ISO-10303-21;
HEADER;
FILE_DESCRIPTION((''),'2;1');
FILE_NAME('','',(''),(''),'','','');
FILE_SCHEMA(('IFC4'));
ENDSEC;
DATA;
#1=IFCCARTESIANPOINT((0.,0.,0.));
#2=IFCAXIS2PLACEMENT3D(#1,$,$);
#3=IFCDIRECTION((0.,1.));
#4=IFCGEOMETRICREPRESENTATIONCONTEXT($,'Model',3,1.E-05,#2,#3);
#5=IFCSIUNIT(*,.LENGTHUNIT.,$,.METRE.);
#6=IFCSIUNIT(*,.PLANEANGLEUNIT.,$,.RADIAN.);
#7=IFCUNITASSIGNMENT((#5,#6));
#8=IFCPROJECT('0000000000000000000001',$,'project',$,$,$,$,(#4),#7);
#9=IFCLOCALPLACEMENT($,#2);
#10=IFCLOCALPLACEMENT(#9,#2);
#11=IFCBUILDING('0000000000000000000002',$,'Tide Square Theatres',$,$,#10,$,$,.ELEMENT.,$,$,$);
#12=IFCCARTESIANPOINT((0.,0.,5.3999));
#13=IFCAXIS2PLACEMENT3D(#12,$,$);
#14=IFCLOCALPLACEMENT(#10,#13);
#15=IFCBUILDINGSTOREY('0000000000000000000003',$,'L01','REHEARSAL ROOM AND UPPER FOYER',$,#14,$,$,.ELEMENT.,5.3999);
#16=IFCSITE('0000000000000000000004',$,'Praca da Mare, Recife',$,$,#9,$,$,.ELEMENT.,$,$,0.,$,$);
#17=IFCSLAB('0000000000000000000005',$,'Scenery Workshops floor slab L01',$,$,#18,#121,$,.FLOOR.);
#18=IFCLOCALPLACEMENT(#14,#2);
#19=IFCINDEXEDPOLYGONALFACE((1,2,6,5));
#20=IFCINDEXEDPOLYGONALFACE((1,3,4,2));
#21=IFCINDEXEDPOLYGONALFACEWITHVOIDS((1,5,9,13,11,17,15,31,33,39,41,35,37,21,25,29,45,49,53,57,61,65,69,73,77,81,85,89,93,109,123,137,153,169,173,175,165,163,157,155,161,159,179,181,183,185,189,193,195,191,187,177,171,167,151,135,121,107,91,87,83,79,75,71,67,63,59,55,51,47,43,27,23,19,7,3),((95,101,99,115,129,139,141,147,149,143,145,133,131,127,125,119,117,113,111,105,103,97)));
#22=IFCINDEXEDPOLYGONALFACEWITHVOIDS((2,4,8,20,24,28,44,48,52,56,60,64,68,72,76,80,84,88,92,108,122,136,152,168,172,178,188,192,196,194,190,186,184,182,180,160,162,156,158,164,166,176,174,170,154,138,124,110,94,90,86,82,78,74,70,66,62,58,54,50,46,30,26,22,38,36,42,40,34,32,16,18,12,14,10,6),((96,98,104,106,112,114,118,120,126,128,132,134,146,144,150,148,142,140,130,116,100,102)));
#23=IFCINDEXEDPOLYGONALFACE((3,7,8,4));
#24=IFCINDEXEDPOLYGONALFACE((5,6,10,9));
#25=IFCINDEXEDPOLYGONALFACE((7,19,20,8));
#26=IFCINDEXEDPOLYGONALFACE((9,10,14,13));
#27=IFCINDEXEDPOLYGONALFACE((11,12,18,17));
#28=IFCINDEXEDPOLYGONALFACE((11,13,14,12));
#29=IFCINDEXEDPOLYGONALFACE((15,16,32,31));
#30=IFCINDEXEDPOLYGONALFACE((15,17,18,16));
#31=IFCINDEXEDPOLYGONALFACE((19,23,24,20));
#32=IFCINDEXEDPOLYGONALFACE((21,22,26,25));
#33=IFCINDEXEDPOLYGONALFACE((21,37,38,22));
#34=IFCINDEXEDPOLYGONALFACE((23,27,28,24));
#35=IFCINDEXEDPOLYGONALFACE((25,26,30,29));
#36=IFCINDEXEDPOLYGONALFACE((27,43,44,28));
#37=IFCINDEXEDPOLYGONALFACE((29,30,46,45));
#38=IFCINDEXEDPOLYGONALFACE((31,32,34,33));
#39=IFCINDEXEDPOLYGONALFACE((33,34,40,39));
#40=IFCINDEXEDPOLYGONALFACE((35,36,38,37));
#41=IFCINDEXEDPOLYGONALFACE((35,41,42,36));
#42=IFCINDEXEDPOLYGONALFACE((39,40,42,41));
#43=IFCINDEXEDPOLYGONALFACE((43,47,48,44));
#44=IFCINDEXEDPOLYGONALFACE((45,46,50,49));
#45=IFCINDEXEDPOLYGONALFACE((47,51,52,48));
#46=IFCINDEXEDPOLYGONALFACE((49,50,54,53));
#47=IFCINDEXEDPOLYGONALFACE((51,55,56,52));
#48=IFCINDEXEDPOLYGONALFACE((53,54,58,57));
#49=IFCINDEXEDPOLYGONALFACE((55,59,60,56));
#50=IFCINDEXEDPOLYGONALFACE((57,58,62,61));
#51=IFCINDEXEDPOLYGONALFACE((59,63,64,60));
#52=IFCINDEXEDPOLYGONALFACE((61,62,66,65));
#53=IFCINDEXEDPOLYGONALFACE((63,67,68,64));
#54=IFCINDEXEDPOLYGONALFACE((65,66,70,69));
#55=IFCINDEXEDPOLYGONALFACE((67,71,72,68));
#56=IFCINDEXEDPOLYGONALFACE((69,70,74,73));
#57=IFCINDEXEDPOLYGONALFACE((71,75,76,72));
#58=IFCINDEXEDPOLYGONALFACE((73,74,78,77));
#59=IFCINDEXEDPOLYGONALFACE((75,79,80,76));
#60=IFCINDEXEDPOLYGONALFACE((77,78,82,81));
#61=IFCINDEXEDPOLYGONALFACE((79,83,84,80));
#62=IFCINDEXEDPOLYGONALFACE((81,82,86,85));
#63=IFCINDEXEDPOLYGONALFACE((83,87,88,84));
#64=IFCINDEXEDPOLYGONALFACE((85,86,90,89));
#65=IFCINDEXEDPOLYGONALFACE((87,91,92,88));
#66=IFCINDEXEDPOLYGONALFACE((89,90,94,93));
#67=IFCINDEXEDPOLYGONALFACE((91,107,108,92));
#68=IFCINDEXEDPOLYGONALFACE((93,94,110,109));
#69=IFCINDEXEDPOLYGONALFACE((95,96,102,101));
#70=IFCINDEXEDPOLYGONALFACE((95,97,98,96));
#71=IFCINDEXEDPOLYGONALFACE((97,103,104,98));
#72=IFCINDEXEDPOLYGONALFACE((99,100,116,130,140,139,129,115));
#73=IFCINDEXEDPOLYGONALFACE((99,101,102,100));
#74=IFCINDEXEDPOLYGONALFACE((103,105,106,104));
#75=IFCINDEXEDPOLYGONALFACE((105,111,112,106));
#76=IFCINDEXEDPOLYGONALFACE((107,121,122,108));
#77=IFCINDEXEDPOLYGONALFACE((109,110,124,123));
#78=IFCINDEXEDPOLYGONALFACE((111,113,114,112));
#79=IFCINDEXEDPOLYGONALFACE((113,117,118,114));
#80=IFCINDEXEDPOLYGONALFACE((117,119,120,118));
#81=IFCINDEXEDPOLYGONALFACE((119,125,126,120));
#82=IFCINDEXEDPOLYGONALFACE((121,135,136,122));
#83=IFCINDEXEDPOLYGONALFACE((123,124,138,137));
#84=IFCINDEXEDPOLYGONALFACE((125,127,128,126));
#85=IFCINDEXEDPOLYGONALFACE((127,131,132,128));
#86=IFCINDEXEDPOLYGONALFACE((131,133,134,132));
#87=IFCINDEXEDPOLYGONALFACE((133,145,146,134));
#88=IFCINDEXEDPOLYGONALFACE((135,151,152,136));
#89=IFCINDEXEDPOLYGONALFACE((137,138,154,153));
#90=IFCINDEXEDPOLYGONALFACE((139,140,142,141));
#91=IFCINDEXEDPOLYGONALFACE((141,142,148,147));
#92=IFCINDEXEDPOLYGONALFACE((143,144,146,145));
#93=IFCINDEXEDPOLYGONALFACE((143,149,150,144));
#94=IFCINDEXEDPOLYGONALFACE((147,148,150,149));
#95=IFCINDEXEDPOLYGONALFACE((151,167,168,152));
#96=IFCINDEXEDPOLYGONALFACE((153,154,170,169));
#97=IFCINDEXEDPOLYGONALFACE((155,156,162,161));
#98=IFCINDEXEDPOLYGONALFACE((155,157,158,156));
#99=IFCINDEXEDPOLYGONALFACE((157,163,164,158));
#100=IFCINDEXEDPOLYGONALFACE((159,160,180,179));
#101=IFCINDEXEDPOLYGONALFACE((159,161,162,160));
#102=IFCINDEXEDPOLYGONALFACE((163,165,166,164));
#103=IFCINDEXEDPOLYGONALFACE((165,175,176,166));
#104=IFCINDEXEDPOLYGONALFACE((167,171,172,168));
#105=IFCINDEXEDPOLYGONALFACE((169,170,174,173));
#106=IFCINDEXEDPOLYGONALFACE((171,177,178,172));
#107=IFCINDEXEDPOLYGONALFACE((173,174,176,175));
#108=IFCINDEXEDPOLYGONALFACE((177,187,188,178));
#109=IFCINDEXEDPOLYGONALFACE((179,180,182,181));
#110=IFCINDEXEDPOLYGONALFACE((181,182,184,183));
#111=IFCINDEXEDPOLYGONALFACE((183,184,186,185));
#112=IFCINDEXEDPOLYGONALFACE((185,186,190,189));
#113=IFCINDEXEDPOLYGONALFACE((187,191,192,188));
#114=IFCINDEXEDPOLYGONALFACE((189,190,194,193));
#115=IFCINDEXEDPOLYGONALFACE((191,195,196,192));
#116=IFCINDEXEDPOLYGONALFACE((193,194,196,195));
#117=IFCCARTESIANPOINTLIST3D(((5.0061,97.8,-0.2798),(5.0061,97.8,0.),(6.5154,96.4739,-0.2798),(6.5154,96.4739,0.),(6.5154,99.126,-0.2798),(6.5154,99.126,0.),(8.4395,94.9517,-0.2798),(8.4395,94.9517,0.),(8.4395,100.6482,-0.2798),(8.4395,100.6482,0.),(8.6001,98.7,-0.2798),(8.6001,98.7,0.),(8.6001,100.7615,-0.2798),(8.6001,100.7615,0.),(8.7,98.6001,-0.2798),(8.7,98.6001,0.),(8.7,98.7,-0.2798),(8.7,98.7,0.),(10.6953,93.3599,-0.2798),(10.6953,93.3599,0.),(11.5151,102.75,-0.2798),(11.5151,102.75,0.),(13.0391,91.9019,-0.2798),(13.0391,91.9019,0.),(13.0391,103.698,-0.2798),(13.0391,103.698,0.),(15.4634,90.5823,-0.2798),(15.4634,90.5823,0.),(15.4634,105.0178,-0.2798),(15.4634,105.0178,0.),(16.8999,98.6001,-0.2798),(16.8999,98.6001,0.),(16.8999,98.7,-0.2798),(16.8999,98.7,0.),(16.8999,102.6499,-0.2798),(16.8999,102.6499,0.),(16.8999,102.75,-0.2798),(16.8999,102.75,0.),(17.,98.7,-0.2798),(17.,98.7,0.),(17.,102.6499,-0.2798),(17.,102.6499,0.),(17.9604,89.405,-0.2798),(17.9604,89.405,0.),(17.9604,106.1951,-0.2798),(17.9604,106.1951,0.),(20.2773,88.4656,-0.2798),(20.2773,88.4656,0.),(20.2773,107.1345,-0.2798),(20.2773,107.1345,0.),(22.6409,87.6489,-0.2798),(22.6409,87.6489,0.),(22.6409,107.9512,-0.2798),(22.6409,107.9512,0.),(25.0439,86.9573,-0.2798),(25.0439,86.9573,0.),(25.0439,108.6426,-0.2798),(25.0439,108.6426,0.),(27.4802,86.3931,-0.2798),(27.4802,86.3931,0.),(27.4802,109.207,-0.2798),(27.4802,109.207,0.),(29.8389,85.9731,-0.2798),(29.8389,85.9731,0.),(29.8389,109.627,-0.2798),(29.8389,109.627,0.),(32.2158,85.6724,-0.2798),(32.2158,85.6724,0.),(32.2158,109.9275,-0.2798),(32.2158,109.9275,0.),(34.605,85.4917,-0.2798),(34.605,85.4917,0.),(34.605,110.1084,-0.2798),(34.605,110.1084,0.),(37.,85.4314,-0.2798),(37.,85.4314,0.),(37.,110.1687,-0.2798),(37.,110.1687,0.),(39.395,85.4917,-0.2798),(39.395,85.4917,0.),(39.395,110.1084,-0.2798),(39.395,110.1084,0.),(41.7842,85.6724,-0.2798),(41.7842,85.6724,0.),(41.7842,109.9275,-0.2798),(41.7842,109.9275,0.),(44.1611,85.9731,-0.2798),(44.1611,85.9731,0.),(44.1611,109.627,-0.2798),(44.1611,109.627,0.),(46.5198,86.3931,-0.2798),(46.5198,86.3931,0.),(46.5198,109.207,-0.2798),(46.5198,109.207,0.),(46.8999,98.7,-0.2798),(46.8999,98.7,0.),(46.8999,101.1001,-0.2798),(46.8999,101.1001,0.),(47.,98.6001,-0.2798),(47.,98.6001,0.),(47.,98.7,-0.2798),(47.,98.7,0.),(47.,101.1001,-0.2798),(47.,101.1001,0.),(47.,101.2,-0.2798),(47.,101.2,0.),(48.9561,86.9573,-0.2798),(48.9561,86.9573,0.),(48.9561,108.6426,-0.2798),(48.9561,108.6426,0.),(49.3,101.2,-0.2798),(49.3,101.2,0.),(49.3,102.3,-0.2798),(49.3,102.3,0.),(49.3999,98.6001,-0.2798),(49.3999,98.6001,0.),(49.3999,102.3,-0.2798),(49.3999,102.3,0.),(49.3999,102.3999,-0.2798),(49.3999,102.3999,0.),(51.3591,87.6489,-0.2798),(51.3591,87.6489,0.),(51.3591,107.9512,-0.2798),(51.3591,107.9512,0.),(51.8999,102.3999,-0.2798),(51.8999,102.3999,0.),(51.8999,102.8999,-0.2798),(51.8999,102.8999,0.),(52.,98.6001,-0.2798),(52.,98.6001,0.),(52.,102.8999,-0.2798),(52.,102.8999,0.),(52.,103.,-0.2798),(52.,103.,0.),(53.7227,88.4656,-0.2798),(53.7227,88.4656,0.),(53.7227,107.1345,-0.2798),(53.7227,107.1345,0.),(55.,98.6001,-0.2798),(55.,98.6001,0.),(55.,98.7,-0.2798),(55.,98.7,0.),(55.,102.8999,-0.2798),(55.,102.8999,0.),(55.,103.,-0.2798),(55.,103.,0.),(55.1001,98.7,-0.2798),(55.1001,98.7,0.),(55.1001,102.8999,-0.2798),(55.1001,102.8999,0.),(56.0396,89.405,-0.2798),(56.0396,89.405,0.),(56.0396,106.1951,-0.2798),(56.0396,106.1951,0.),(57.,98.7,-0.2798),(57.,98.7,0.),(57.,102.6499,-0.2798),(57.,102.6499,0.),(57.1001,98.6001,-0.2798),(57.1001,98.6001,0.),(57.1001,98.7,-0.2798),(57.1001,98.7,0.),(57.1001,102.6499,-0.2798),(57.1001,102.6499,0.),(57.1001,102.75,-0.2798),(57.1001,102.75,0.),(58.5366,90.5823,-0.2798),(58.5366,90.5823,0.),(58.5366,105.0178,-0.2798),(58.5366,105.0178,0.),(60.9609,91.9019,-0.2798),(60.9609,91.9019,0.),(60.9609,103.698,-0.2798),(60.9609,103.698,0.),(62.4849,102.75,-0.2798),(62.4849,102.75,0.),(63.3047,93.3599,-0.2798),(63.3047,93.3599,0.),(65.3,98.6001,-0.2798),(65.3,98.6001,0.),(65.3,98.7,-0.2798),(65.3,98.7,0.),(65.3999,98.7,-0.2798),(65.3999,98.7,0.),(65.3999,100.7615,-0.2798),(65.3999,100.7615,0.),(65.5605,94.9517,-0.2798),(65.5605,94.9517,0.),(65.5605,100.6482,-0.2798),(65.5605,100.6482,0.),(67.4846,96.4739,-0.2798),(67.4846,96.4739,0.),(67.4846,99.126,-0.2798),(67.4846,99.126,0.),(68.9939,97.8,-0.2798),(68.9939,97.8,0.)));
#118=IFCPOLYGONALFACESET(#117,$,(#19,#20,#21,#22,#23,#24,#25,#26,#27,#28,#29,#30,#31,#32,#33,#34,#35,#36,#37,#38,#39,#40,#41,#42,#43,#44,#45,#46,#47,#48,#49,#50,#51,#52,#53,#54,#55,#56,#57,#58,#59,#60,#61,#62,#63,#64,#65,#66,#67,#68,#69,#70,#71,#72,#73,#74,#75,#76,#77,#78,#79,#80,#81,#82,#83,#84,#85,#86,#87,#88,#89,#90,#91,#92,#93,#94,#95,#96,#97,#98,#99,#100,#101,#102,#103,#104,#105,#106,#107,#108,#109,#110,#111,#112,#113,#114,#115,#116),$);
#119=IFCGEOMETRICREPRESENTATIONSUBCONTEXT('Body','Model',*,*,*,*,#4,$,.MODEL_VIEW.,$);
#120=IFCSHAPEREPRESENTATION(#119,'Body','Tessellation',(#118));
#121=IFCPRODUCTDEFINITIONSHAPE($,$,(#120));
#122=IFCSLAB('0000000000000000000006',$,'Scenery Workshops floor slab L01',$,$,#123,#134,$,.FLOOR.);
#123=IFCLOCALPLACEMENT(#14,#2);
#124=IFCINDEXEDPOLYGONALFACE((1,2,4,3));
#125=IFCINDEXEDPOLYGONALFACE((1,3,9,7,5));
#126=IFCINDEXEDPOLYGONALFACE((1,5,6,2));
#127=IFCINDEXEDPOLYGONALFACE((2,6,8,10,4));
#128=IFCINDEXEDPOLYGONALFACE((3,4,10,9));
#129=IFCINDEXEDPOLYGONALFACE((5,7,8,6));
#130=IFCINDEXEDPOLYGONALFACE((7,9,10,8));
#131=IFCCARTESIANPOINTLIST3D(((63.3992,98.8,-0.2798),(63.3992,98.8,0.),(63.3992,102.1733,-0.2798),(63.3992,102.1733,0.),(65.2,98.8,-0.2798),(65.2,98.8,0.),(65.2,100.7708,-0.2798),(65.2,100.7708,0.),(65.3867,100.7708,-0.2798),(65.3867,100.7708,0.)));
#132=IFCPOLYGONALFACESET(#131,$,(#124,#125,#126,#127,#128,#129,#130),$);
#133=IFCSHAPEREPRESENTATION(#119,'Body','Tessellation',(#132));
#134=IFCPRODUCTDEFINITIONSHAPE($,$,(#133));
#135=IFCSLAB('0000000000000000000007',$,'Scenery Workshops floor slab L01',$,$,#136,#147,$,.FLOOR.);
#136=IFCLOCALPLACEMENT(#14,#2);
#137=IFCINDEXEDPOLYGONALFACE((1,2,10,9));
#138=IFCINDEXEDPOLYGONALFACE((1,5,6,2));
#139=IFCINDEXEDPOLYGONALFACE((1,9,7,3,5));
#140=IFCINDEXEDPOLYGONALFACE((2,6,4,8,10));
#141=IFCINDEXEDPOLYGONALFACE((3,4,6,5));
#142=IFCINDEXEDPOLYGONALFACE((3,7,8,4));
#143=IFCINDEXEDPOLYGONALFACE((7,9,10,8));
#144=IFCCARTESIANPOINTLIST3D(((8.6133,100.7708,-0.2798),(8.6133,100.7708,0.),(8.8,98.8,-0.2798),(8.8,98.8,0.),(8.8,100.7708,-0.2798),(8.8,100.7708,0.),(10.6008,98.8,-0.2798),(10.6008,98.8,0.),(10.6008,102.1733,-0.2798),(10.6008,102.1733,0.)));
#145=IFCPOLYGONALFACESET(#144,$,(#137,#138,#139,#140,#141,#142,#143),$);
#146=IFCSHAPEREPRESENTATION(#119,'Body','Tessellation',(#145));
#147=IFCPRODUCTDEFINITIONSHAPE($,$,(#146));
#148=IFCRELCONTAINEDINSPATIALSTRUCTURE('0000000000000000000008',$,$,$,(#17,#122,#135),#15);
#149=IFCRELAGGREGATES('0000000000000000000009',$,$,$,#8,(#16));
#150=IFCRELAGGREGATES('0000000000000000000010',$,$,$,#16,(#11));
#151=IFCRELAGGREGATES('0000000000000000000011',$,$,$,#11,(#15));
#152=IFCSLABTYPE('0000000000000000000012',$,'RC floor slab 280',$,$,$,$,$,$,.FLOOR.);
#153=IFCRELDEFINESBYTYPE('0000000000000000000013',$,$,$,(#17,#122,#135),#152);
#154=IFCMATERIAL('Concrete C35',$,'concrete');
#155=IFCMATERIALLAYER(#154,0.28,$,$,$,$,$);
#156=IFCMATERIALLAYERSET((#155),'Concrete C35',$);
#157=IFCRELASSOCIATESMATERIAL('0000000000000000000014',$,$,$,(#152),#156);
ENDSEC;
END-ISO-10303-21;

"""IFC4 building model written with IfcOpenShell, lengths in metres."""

from ifc_helpers import new_model, si_unit, direction, frame, origin, place, context, subcontext, project, spatial, polyline, outline, extrude, material, layer, layer_set, type_object, element, save


model = new_model("IFC4")

# Units and contexts
model_context = context("Model", 3, precision=1e-05, world=origin(), true_north=direction((0.0, 1.0)))
body_context = subcontext(model_context, "Body", "Model", "MODEL_VIEW")
ifc_project = project(units=[si_unit("LENGTHUNIT", "METRE"), si_unit("PLANEANGLEUNIT", "RADIAN")], contexts=[model_context])

# Site, building, storey
site_placement = place(None, origin())
site = spatial("IfcSite", under=ifc_project, at=site_placement, Name="Praca da Mare, Recife", CompositionType="ELEMENT", RefElevation=0.0)
building_placement = place(site_placement, origin())
building = spatial("IfcBuilding", under=site, at=building_placement, Name="Tide Square Theatres", CompositionType="ELEMENT")
storey_placement = place(building_placement, frame((0.0, 0.0, 5.3999)))
storey = spatial("IfcBuildingStorey", under=building, at=storey_placement, Name="L01", Description="REHEARSAL ROOM AND UPPER FOYER", CompositionType="ELEMENT", Elevation=5.3999)

# Slabs
ifc_material_1 = material(Name="Concrete C35", Category="concrete")
ifc_layer_1 = layer(ifc_material_1, 0.28)
ifc_layer_set_1 = layer_set([ifc_layer_1], Name="Concrete C35")
slab_type_1 = type_object("IfcSlabType", Name="RC floor slab 280", PredefinedType="FLOOR", material=ifc_layer_set_1)
slab_1_placement = place(storey_placement, frame((0.0, 0.0, -0.2798)))
element("IfcSlab", 1, at=slab_1_placement, inside=storey, type_object=slab_type_1, Name="Scenery Workshops floor slab L01", PredefinedType="FLOOR", context=body_context, shape_type="SweptSolid", body=[
    extrude(outline(polyline([(63.3047, 93.3599), (65.5605, 94.9517), (67.4846, 96.4739), (68.9939, 97.8), (67.4846, 99.126), (65.5605, 100.6482), (65.3999, 100.7615), (65.3999, 98.7), (65.3, 98.7), (65.3, 98.6001), (57.1001, 98.6001), (57.1001, 98.7), (57.0, 98.7), (57.0, 102.6499), (57.1001, 102.6499), (57.1001, 102.75), (62.4849, 102.75), (60.9609, 103.698), (58.5366, 105.0178), (56.0396, 106.1951), (53.7227, 107.1345), (51.3591, 107.9512), (48.9561, 108.6426), (46.5198, 109.207), (44.1611, 109.627), (41.7842, 109.9275), (39.395, 110.1084), (37.0, 110.1687), (34.605, 110.1084), (32.2158, 109.9275), (29.8389, 109.627), (27.4802, 109.207), (25.0439, 108.6426), (22.6409, 107.9512), (20.2773, 107.1345), (17.9604, 106.1951), (15.4634, 105.0178), (13.0391, 103.698), (11.5151, 102.75), (16.8999, 102.75), (16.8999, 102.6499), (17.0, 102.6499), (17.0, 98.7), (16.8999, 98.7), (16.8999, 98.6001), (8.7, 98.6001), (8.7, 98.7), (8.6001, 98.7), (8.6001, 100.7615), (8.4395, 100.6482), (6.5154, 99.126), (5.0061, 97.8), (6.5154, 96.4739), (8.4395, 94.9517), (10.6953, 93.3599), (13.0391, 91.9019), (15.4634, 90.5823), (17.9604, 89.405), (20.2773, 88.4656), (22.6409, 87.6489), (25.0439, 86.9573), (27.4802, 86.3931), (29.8389, 85.9731), (32.2158, 85.6724), (34.605, 85.4917), (37.0, 85.4314), (39.395, 85.4917), (41.7842, 85.6724), (44.1611, 85.9731), (46.5198, 86.3931), (48.9561, 86.9573), (51.3591, 87.6489), (53.7227, 88.4656), (56.0396, 89.405), (58.5366, 90.5823), (60.9609, 91.9019), (63.3047, 93.3599)]), holes=[polyline([(55.1001, 102.8999), (55.1001, 98.7), (55.0, 98.7), (55.0, 98.6001), (52.0, 98.6001), (49.3999, 98.6001), (47.0, 98.6001), (47.0, 98.7), (46.8999, 98.7), (46.8999, 101.1001), (47.0, 101.1001), (47.0, 101.2), (49.3, 101.2), (49.3, 102.3), (49.3999, 102.3), (49.3999, 102.3999), (51.8999, 102.3999), (51.8999, 102.8999), (52.0, 102.8999), (52.0, 103.0), (55.0, 103.0), (55.0, 102.8999), (55.1001, 102.8999)])]), origin(), (0.0, 0.0, 1.0), 0.2798),
])
slab_2_placement = place(storey_placement, frame((0.0, 0.0, -0.2798)))
element("IfcSlab", 2, at=slab_2_placement, inside=storey, type_object=slab_type_1, Name="Scenery Workshops floor slab L01", PredefinedType="FLOOR", context=body_context, shape_type="SweptSolid", body=[
    extrude(outline(polyline([(63.3992, 102.1733), (63.3992, 98.8), (65.2, 98.8), (65.2, 100.7708), (65.3867, 100.7708), (63.3992, 102.1733)])), origin(), (0.0, 0.0, 1.0), 0.2798),
])
slab_3_placement = place(storey_placement, frame((0.0, 0.0, -0.2798)))
element("IfcSlab", 3, at=slab_3_placement, inside=storey, type_object=slab_type_1, Name="Scenery Workshops floor slab L01", PredefinedType="FLOOR", context=body_context, shape_type="SweptSolid", body=[
    extrude(outline(polyline([(10.6008, 98.8), (10.6008, 102.1733), (8.6133, 100.7708), (8.8, 100.7708), (8.8, 98.8), (10.6008, 98.8)])), origin(), (0.0, 0.0, 1.0), 0.2798),
])

save(model, "model.ifc")
